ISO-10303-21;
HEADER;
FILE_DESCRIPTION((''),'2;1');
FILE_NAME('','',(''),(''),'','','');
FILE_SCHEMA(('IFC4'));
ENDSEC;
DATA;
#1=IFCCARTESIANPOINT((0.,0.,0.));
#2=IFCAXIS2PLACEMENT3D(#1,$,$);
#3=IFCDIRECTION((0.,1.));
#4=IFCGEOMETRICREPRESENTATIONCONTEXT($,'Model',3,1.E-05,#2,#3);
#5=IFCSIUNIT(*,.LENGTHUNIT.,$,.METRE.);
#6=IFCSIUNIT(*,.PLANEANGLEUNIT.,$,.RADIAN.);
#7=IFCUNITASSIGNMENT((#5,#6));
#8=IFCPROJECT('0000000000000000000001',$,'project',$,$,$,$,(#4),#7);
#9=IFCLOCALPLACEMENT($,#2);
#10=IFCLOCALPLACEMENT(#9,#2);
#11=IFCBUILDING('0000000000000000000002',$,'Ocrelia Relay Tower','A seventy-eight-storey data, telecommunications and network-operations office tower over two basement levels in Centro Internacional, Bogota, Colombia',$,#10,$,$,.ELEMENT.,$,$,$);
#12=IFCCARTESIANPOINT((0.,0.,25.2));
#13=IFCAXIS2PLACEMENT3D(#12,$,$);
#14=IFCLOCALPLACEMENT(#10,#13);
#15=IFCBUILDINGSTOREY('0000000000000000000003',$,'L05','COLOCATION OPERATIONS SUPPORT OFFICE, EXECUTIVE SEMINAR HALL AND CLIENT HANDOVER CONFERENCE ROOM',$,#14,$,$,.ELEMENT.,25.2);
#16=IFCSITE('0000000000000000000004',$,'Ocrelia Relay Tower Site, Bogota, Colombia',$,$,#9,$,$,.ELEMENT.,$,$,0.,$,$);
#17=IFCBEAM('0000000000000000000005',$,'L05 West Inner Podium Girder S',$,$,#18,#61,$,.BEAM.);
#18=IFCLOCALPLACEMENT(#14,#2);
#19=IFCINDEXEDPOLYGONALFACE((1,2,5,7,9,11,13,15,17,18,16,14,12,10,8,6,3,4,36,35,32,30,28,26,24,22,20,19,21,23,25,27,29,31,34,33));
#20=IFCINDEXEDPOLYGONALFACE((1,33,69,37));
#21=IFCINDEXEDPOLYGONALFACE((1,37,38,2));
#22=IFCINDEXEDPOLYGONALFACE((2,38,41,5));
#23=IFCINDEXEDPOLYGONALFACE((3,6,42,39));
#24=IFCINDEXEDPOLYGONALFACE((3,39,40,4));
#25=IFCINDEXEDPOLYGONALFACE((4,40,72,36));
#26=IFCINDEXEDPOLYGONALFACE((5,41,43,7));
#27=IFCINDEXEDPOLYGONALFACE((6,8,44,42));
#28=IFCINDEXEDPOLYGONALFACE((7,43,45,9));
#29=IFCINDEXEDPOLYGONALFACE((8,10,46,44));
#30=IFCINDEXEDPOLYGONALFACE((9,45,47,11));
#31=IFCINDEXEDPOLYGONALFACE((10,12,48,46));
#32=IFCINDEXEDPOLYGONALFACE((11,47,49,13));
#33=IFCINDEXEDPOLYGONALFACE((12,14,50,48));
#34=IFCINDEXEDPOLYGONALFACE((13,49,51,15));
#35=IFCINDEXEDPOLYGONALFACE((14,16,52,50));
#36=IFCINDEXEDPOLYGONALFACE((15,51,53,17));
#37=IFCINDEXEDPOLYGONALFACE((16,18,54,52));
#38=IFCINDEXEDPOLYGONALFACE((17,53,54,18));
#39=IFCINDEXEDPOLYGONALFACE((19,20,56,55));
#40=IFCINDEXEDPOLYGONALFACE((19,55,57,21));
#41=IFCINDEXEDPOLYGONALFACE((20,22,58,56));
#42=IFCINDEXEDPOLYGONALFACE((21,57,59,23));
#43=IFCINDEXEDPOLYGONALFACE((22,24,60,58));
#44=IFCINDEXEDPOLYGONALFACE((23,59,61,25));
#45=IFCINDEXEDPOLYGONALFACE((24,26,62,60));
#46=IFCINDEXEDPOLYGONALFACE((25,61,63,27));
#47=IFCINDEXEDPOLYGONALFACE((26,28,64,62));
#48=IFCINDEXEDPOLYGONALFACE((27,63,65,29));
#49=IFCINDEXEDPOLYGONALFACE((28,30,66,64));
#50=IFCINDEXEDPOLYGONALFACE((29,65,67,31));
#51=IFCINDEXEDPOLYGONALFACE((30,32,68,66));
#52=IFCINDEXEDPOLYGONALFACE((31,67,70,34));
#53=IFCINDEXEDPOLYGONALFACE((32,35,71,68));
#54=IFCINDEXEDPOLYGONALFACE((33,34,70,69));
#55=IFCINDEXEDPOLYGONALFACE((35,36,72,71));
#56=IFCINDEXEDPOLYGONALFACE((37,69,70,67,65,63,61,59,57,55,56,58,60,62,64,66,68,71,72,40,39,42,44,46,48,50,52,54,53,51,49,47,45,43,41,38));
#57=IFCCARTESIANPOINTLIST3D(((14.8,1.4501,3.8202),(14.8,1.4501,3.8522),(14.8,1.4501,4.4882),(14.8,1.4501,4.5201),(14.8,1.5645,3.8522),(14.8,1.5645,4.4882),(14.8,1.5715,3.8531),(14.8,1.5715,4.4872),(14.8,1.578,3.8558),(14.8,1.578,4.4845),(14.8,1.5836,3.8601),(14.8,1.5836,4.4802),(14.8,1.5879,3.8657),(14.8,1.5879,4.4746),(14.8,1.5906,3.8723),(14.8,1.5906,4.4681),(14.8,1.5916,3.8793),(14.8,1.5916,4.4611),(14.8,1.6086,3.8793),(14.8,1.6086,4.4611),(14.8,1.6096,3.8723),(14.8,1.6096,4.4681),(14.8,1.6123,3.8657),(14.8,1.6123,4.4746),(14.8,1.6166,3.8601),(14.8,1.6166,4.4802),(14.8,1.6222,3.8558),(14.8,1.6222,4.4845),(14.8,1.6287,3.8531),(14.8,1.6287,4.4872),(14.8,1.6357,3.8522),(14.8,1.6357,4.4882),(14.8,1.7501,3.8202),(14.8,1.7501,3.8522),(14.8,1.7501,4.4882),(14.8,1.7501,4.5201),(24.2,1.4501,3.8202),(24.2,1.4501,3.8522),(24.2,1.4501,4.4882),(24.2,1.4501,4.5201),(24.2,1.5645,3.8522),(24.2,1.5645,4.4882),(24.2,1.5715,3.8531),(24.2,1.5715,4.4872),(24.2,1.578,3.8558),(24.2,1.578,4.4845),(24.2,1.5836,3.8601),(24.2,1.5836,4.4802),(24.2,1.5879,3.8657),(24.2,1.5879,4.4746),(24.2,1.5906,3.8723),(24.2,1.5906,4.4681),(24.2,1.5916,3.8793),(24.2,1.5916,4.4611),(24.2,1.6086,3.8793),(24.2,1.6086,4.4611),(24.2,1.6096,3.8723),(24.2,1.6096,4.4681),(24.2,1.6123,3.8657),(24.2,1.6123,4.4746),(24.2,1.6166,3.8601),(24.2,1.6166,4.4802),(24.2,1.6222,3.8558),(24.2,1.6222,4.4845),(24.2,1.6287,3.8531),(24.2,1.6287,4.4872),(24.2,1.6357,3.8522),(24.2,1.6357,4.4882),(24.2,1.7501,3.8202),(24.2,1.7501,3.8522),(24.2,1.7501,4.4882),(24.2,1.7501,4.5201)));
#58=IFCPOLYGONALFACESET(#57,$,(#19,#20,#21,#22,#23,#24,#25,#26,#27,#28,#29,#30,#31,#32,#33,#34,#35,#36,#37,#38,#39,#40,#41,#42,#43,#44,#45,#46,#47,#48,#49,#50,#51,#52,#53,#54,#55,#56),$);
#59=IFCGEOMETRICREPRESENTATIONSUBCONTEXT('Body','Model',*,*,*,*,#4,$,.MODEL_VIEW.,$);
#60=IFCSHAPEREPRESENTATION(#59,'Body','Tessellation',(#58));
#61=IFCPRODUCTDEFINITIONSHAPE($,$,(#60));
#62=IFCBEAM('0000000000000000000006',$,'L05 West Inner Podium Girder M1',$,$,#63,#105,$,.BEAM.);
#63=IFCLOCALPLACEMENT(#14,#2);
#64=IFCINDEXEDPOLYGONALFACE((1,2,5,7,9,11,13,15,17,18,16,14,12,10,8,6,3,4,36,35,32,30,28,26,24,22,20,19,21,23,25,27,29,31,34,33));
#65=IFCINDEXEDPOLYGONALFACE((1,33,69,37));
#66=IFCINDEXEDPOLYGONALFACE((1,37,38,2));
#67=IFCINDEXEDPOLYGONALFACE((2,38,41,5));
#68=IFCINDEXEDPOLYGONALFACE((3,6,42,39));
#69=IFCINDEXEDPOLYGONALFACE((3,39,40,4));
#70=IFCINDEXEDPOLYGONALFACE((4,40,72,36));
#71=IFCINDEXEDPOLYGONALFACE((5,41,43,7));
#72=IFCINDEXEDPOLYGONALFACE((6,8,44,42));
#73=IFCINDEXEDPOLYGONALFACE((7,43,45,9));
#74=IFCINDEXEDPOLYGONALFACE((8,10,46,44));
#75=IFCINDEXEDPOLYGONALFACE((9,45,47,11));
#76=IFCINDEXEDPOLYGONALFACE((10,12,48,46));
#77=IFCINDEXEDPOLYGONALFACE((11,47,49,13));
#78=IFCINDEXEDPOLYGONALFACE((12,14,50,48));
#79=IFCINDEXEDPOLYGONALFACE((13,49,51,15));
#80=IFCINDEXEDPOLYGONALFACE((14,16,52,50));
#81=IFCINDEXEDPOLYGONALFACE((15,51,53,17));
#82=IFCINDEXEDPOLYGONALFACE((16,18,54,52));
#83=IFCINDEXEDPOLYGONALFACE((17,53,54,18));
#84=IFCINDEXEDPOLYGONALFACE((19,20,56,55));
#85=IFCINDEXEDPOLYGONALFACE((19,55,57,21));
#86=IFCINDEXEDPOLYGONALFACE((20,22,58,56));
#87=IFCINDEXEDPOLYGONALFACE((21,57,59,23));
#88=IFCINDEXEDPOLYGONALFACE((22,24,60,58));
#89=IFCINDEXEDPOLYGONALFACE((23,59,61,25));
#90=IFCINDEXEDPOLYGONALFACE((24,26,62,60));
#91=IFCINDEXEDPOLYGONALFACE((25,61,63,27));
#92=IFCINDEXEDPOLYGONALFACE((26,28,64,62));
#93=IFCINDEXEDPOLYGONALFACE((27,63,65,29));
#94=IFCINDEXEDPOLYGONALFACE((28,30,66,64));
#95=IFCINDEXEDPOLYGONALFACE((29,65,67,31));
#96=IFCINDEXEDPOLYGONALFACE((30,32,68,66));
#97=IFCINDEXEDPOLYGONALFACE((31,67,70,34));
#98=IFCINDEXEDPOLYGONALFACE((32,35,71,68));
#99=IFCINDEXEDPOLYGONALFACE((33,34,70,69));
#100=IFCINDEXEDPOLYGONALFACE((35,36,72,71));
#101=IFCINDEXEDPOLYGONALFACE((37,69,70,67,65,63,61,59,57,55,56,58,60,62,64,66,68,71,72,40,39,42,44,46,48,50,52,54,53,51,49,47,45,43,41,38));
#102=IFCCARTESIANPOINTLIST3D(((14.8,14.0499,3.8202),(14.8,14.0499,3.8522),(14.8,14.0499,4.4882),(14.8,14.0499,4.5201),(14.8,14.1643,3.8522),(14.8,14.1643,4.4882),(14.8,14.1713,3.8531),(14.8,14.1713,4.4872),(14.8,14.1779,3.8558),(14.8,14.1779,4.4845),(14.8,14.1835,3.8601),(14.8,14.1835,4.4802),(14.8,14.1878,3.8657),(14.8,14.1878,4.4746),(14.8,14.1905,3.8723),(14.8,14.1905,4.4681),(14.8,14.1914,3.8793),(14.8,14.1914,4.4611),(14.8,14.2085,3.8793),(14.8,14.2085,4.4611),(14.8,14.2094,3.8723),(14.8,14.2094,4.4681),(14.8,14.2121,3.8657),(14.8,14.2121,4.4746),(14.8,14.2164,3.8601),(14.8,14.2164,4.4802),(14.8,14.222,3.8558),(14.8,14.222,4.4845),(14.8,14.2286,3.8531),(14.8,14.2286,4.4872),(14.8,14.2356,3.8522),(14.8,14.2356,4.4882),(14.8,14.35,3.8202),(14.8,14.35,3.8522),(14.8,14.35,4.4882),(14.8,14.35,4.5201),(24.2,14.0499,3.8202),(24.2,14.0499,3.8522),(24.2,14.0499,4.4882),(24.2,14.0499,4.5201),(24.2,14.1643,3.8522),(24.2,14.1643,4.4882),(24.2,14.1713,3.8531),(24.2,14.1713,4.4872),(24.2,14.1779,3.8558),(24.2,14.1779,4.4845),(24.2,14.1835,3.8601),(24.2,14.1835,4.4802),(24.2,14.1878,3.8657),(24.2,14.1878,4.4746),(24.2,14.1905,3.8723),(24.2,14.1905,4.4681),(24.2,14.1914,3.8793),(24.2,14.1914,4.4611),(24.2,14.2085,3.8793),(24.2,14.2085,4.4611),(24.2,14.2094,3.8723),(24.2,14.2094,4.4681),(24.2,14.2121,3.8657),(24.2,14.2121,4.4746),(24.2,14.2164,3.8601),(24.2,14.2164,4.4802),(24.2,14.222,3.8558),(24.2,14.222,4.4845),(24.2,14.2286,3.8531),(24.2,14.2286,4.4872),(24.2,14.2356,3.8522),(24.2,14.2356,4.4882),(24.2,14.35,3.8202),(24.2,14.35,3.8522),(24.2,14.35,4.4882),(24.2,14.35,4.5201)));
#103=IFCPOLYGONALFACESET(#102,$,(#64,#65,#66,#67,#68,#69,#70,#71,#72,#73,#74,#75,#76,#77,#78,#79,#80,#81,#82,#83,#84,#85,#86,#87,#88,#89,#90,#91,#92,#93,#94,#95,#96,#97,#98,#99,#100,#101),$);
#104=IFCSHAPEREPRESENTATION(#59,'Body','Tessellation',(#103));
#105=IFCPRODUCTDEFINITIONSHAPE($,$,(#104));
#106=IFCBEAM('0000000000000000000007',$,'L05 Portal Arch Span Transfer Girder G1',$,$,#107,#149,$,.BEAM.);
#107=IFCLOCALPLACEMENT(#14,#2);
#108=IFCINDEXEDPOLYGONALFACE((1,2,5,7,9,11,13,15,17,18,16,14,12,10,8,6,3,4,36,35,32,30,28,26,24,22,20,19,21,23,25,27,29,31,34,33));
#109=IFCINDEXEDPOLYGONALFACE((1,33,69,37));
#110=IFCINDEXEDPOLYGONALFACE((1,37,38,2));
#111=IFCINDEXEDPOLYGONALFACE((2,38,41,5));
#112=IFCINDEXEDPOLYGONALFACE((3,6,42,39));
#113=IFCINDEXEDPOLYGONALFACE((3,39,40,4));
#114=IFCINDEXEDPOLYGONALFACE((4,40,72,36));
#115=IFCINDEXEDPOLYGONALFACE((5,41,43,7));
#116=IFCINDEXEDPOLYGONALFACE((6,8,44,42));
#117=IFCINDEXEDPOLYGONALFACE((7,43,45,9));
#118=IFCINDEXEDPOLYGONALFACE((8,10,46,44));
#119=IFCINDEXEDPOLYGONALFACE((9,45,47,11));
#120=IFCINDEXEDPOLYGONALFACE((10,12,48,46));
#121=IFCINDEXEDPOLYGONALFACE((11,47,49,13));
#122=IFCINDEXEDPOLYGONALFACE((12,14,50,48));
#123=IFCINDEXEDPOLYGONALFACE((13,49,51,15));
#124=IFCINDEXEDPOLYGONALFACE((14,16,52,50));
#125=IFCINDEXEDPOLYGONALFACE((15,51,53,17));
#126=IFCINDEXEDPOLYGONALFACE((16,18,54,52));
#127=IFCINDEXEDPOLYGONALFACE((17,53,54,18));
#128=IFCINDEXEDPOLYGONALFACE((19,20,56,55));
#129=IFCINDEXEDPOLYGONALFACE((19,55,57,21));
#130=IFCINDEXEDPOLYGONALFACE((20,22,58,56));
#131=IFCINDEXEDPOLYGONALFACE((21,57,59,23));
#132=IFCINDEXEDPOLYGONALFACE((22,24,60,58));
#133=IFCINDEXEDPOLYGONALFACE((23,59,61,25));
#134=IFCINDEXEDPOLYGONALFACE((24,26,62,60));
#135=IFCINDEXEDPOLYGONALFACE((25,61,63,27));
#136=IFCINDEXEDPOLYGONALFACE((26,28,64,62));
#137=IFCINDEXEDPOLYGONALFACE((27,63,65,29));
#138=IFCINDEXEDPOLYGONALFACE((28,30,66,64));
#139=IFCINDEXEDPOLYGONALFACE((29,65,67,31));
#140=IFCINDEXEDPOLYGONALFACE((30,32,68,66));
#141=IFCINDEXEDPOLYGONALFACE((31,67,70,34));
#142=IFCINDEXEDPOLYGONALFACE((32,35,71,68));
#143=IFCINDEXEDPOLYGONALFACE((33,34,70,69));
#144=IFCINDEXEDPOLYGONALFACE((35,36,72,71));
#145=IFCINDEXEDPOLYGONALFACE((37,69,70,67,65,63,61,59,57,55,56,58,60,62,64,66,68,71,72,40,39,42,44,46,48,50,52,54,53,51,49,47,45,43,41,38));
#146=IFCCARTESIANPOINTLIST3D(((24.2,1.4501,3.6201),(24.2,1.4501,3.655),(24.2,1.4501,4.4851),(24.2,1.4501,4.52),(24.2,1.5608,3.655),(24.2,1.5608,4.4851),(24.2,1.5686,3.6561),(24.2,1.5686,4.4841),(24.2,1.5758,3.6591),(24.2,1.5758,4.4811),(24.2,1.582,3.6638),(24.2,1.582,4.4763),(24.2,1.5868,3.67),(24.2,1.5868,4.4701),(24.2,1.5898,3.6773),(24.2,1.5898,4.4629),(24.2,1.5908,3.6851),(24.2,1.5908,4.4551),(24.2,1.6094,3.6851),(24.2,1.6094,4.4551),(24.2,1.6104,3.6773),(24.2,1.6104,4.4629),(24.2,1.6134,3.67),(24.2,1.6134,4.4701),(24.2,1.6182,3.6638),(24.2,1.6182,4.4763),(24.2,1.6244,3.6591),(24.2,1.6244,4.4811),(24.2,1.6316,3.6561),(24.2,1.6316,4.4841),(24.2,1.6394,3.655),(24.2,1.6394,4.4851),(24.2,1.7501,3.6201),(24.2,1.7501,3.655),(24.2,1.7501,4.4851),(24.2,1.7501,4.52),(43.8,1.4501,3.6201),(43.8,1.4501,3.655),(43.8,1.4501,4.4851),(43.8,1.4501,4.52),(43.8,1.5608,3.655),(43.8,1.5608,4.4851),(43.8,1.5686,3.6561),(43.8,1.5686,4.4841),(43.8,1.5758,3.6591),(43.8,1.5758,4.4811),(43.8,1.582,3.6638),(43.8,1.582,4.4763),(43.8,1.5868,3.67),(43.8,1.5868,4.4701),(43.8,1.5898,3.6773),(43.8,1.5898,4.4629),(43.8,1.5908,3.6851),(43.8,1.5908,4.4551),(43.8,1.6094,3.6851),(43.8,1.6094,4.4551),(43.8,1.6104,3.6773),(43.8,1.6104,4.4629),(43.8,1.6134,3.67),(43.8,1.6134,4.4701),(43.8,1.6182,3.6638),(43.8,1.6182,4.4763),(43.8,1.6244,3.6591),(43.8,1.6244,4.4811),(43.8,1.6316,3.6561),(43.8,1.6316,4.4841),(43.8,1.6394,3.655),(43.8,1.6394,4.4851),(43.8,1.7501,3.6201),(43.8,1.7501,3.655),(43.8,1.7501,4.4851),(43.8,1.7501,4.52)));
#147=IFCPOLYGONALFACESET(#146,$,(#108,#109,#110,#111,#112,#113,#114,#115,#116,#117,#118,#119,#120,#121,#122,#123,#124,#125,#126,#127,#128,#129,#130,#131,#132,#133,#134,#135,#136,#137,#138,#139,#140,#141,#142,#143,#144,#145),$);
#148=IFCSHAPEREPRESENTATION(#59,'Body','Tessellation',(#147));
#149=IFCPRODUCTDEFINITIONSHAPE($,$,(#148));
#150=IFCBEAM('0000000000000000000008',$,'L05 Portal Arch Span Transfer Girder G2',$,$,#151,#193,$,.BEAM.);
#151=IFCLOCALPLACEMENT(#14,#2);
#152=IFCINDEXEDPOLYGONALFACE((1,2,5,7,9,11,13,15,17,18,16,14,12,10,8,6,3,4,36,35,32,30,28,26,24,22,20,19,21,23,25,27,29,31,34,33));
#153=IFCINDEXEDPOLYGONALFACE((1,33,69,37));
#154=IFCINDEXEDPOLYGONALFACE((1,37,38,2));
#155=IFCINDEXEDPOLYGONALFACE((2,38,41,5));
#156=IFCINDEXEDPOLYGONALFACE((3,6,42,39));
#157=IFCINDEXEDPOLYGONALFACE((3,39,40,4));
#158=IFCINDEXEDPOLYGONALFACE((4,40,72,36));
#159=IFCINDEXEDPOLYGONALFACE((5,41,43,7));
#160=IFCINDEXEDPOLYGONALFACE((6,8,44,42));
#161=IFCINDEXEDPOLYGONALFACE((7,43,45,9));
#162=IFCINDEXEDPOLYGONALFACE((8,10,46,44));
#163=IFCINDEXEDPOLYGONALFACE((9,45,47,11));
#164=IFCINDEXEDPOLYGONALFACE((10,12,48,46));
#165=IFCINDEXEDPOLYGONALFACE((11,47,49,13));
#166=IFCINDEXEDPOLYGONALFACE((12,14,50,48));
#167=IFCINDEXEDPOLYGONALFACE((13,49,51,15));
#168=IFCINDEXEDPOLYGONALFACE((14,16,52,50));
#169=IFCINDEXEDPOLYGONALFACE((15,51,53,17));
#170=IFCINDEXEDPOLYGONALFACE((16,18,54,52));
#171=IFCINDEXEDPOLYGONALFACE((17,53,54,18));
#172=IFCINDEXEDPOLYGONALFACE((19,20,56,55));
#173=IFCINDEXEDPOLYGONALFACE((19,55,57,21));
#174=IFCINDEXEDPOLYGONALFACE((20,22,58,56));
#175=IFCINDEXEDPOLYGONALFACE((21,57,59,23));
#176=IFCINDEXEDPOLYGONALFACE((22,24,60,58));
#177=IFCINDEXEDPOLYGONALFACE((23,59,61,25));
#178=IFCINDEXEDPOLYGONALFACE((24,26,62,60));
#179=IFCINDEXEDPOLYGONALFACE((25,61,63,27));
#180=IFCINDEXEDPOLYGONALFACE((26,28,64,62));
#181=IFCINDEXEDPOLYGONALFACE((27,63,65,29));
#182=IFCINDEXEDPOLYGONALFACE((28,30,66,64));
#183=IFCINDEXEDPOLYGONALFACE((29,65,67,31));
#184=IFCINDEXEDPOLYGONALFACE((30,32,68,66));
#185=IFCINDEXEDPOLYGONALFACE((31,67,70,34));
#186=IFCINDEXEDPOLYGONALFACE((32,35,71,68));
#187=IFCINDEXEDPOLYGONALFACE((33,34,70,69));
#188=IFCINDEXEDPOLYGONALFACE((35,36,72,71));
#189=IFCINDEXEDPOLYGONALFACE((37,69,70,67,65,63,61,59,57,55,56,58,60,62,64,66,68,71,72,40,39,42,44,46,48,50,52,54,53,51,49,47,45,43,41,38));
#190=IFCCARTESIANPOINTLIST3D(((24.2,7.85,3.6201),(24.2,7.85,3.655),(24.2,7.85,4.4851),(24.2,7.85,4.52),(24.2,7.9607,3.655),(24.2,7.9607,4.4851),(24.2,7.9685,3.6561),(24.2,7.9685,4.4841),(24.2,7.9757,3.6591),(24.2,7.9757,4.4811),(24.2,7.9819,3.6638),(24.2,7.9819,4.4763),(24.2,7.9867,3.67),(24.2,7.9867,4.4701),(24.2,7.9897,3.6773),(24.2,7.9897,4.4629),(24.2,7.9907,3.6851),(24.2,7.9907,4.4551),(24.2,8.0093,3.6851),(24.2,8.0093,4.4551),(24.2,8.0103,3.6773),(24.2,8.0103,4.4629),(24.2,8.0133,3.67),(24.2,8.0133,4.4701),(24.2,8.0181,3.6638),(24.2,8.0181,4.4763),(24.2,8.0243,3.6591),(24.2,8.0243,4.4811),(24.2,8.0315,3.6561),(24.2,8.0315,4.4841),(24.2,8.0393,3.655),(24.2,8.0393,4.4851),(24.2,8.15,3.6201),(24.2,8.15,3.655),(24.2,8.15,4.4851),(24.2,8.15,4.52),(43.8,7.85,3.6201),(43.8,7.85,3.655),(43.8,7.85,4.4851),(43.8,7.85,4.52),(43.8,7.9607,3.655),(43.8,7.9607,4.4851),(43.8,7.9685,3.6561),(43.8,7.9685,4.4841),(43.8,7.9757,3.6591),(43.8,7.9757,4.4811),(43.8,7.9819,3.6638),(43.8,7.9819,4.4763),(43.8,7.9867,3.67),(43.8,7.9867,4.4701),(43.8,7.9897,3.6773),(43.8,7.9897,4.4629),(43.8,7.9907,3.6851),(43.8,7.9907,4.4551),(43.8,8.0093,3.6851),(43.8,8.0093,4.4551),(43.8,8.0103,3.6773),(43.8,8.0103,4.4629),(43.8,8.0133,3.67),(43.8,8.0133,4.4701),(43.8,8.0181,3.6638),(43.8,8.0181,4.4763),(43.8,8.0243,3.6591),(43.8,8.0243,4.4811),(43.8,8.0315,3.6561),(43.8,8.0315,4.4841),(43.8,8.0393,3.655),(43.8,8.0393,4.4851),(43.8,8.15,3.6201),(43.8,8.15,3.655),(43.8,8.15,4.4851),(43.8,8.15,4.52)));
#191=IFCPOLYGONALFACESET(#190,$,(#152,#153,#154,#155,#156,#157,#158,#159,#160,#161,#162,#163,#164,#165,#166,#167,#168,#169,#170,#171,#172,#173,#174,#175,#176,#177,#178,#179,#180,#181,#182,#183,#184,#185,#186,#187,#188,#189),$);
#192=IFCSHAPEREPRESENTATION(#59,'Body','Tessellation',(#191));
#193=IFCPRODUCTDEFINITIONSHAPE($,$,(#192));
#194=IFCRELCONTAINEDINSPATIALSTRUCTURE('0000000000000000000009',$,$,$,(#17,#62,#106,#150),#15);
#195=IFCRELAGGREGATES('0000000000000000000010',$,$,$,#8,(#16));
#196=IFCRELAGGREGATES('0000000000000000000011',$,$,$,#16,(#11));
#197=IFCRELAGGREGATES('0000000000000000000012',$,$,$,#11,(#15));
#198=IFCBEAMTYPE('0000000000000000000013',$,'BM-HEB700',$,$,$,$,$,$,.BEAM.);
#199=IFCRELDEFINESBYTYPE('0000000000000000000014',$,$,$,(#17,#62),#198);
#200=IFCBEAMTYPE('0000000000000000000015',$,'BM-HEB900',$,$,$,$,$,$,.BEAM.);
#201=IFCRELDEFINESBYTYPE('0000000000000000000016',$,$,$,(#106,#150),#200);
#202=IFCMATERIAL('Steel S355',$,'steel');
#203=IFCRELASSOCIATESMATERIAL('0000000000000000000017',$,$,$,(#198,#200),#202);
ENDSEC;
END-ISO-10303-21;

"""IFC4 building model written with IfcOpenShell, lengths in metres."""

from ifc_helpers import new_model, si_unit, direction, frame, origin, origin_2d, place, context, subcontext, project, spatial, i_section, extrude, material, material_profile, profile_set, type_object, element, save


model = new_model("IFC4")

# Units and contexts
model_context = context("Model", 3, precision=1e-05, world=origin(), true_north=direction((0.0, 1.0)))
body_context = subcontext(model_context, "Body", "Model", "MODEL_VIEW")
ifc_project = project(units=[si_unit("LENGTHUNIT", "METRE"), si_unit("PLANEANGLEUNIT", "RADIAN")], contexts=[model_context])

# Site, building, storey
site_placement = place(None, origin())
site = spatial("IfcSite", under=ifc_project, at=site_placement, Name="Ocrelia Relay Tower Site, Bogota, Colombia", CompositionType="ELEMENT", RefElevation=0.0)
building_placement = place(site_placement, origin())
building = spatial("IfcBuilding", under=site, at=building_placement, Name="Ocrelia Relay Tower", Description="A seventy-eight-storey data, telecommunications and network-operations office tower over two basement levels in Centro Internacional, Bogota, Colombia", CompositionType="ELEMENT")
storey_placement = place(building_placement, frame((0.0, 0.0, 25.2)))
storey = spatial("IfcBuildingStorey", under=building, at=storey_placement, Name="L05", Description="COLOCATION OPERATIONS SUPPORT OFFICE, EXECUTIVE SEMINAR HALL AND CLIENT HANDOVER CONFERENCE ROOM", CompositionType="ELEMENT", Elevation=25.2)

# Beams
ifc_material_1 = material(Name="Steel S355", Category="steel")
ifc_material_profile_1 = material_profile(ifc_material_1, i_section(OverallWidth=0.3, OverallDepth=0.7, WebThickness=0.0171, FlangeThickness=0.032, FilletRadius=0.0271, at=origin_2d()), Name="HEB 700")
ifc_profile_set_1 = profile_set([ifc_material_profile_1], Name="Steel S355")
beam_type_1 = type_object("IfcBeamType", Name="BM-HEB700", PredefinedType="BEAM", material=ifc_profile_set_1)
for number, where, z_axis, x_axis, name in (
    (1, (14.8, 1.6001, 4.1702), (1.0, 0.0, 0.0), (0.0, 1.0, 0.0), "L05 West Inner Podium Girder S"),
    (2, (14.8, 14.2, 4.1702), (1.0, 0.0, 0.0), (0.0, 1.0, 0.0), "L05 West Inner Podium Girder M1"),
):
    element("IfcBeam", number, at=place(storey_placement, frame(where, z_axis=z_axis, x_axis=x_axis)), inside=storey, type_object=beam_type_1, Name=name, PredefinedType="BEAM", context=body_context, shape_type="SweptSolid", body=[
        extrude(i_section(OverallWidth=0.3, OverallDepth=0.7, WebThickness=0.0171, FlangeThickness=0.032, FilletRadius=0.0271, at=origin_2d()), origin(), (0.0, 0.0, 1.0), 9.3999),
    ])
ifc_material_profile_2 = material_profile(ifc_material_1, i_section(OverallWidth=0.3, OverallDepth=0.8999, WebThickness=0.0186, FlangeThickness=0.0349, FilletRadius=0.03, at=origin_2d()), Name="HEB 900")
ifc_profile_set_2 = profile_set([ifc_material_profile_2], Name="Steel S355")
beam_type_2 = type_object("IfcBeamType", Name="BM-HEB900", PredefinedType="BEAM", material=ifc_profile_set_2)
for number, where, z_axis, x_axis, name in (
    (3, (24.2, 1.6001, 4.0701), (1.0, 0.0, 0.0), (0.0, 1.0, 0.0), "L05 Portal Arch Span Transfer Girder G1"),
    (4, (24.2, 8.0, 4.0701), (1.0, 0.0, 0.0), (0.0, 1.0, 0.0), "L05 Portal Arch Span Transfer Girder G2"),
):
    element("IfcBeam", number, at=place(storey_placement, frame(where, z_axis=z_axis, x_axis=x_axis)), inside=storey, type_object=beam_type_2, Name=name, PredefinedType="BEAM", context=body_context, shape_type="SweptSolid", body=[
        extrude(i_section(OverallWidth=0.3, OverallDepth=0.8999, WebThickness=0.0186, FlangeThickness=0.0349, FilletRadius=0.03, at=origin_2d()), origin(), (0.0, 0.0, 1.0), 19.6001),
    ])

save(model, "model.ifc")
